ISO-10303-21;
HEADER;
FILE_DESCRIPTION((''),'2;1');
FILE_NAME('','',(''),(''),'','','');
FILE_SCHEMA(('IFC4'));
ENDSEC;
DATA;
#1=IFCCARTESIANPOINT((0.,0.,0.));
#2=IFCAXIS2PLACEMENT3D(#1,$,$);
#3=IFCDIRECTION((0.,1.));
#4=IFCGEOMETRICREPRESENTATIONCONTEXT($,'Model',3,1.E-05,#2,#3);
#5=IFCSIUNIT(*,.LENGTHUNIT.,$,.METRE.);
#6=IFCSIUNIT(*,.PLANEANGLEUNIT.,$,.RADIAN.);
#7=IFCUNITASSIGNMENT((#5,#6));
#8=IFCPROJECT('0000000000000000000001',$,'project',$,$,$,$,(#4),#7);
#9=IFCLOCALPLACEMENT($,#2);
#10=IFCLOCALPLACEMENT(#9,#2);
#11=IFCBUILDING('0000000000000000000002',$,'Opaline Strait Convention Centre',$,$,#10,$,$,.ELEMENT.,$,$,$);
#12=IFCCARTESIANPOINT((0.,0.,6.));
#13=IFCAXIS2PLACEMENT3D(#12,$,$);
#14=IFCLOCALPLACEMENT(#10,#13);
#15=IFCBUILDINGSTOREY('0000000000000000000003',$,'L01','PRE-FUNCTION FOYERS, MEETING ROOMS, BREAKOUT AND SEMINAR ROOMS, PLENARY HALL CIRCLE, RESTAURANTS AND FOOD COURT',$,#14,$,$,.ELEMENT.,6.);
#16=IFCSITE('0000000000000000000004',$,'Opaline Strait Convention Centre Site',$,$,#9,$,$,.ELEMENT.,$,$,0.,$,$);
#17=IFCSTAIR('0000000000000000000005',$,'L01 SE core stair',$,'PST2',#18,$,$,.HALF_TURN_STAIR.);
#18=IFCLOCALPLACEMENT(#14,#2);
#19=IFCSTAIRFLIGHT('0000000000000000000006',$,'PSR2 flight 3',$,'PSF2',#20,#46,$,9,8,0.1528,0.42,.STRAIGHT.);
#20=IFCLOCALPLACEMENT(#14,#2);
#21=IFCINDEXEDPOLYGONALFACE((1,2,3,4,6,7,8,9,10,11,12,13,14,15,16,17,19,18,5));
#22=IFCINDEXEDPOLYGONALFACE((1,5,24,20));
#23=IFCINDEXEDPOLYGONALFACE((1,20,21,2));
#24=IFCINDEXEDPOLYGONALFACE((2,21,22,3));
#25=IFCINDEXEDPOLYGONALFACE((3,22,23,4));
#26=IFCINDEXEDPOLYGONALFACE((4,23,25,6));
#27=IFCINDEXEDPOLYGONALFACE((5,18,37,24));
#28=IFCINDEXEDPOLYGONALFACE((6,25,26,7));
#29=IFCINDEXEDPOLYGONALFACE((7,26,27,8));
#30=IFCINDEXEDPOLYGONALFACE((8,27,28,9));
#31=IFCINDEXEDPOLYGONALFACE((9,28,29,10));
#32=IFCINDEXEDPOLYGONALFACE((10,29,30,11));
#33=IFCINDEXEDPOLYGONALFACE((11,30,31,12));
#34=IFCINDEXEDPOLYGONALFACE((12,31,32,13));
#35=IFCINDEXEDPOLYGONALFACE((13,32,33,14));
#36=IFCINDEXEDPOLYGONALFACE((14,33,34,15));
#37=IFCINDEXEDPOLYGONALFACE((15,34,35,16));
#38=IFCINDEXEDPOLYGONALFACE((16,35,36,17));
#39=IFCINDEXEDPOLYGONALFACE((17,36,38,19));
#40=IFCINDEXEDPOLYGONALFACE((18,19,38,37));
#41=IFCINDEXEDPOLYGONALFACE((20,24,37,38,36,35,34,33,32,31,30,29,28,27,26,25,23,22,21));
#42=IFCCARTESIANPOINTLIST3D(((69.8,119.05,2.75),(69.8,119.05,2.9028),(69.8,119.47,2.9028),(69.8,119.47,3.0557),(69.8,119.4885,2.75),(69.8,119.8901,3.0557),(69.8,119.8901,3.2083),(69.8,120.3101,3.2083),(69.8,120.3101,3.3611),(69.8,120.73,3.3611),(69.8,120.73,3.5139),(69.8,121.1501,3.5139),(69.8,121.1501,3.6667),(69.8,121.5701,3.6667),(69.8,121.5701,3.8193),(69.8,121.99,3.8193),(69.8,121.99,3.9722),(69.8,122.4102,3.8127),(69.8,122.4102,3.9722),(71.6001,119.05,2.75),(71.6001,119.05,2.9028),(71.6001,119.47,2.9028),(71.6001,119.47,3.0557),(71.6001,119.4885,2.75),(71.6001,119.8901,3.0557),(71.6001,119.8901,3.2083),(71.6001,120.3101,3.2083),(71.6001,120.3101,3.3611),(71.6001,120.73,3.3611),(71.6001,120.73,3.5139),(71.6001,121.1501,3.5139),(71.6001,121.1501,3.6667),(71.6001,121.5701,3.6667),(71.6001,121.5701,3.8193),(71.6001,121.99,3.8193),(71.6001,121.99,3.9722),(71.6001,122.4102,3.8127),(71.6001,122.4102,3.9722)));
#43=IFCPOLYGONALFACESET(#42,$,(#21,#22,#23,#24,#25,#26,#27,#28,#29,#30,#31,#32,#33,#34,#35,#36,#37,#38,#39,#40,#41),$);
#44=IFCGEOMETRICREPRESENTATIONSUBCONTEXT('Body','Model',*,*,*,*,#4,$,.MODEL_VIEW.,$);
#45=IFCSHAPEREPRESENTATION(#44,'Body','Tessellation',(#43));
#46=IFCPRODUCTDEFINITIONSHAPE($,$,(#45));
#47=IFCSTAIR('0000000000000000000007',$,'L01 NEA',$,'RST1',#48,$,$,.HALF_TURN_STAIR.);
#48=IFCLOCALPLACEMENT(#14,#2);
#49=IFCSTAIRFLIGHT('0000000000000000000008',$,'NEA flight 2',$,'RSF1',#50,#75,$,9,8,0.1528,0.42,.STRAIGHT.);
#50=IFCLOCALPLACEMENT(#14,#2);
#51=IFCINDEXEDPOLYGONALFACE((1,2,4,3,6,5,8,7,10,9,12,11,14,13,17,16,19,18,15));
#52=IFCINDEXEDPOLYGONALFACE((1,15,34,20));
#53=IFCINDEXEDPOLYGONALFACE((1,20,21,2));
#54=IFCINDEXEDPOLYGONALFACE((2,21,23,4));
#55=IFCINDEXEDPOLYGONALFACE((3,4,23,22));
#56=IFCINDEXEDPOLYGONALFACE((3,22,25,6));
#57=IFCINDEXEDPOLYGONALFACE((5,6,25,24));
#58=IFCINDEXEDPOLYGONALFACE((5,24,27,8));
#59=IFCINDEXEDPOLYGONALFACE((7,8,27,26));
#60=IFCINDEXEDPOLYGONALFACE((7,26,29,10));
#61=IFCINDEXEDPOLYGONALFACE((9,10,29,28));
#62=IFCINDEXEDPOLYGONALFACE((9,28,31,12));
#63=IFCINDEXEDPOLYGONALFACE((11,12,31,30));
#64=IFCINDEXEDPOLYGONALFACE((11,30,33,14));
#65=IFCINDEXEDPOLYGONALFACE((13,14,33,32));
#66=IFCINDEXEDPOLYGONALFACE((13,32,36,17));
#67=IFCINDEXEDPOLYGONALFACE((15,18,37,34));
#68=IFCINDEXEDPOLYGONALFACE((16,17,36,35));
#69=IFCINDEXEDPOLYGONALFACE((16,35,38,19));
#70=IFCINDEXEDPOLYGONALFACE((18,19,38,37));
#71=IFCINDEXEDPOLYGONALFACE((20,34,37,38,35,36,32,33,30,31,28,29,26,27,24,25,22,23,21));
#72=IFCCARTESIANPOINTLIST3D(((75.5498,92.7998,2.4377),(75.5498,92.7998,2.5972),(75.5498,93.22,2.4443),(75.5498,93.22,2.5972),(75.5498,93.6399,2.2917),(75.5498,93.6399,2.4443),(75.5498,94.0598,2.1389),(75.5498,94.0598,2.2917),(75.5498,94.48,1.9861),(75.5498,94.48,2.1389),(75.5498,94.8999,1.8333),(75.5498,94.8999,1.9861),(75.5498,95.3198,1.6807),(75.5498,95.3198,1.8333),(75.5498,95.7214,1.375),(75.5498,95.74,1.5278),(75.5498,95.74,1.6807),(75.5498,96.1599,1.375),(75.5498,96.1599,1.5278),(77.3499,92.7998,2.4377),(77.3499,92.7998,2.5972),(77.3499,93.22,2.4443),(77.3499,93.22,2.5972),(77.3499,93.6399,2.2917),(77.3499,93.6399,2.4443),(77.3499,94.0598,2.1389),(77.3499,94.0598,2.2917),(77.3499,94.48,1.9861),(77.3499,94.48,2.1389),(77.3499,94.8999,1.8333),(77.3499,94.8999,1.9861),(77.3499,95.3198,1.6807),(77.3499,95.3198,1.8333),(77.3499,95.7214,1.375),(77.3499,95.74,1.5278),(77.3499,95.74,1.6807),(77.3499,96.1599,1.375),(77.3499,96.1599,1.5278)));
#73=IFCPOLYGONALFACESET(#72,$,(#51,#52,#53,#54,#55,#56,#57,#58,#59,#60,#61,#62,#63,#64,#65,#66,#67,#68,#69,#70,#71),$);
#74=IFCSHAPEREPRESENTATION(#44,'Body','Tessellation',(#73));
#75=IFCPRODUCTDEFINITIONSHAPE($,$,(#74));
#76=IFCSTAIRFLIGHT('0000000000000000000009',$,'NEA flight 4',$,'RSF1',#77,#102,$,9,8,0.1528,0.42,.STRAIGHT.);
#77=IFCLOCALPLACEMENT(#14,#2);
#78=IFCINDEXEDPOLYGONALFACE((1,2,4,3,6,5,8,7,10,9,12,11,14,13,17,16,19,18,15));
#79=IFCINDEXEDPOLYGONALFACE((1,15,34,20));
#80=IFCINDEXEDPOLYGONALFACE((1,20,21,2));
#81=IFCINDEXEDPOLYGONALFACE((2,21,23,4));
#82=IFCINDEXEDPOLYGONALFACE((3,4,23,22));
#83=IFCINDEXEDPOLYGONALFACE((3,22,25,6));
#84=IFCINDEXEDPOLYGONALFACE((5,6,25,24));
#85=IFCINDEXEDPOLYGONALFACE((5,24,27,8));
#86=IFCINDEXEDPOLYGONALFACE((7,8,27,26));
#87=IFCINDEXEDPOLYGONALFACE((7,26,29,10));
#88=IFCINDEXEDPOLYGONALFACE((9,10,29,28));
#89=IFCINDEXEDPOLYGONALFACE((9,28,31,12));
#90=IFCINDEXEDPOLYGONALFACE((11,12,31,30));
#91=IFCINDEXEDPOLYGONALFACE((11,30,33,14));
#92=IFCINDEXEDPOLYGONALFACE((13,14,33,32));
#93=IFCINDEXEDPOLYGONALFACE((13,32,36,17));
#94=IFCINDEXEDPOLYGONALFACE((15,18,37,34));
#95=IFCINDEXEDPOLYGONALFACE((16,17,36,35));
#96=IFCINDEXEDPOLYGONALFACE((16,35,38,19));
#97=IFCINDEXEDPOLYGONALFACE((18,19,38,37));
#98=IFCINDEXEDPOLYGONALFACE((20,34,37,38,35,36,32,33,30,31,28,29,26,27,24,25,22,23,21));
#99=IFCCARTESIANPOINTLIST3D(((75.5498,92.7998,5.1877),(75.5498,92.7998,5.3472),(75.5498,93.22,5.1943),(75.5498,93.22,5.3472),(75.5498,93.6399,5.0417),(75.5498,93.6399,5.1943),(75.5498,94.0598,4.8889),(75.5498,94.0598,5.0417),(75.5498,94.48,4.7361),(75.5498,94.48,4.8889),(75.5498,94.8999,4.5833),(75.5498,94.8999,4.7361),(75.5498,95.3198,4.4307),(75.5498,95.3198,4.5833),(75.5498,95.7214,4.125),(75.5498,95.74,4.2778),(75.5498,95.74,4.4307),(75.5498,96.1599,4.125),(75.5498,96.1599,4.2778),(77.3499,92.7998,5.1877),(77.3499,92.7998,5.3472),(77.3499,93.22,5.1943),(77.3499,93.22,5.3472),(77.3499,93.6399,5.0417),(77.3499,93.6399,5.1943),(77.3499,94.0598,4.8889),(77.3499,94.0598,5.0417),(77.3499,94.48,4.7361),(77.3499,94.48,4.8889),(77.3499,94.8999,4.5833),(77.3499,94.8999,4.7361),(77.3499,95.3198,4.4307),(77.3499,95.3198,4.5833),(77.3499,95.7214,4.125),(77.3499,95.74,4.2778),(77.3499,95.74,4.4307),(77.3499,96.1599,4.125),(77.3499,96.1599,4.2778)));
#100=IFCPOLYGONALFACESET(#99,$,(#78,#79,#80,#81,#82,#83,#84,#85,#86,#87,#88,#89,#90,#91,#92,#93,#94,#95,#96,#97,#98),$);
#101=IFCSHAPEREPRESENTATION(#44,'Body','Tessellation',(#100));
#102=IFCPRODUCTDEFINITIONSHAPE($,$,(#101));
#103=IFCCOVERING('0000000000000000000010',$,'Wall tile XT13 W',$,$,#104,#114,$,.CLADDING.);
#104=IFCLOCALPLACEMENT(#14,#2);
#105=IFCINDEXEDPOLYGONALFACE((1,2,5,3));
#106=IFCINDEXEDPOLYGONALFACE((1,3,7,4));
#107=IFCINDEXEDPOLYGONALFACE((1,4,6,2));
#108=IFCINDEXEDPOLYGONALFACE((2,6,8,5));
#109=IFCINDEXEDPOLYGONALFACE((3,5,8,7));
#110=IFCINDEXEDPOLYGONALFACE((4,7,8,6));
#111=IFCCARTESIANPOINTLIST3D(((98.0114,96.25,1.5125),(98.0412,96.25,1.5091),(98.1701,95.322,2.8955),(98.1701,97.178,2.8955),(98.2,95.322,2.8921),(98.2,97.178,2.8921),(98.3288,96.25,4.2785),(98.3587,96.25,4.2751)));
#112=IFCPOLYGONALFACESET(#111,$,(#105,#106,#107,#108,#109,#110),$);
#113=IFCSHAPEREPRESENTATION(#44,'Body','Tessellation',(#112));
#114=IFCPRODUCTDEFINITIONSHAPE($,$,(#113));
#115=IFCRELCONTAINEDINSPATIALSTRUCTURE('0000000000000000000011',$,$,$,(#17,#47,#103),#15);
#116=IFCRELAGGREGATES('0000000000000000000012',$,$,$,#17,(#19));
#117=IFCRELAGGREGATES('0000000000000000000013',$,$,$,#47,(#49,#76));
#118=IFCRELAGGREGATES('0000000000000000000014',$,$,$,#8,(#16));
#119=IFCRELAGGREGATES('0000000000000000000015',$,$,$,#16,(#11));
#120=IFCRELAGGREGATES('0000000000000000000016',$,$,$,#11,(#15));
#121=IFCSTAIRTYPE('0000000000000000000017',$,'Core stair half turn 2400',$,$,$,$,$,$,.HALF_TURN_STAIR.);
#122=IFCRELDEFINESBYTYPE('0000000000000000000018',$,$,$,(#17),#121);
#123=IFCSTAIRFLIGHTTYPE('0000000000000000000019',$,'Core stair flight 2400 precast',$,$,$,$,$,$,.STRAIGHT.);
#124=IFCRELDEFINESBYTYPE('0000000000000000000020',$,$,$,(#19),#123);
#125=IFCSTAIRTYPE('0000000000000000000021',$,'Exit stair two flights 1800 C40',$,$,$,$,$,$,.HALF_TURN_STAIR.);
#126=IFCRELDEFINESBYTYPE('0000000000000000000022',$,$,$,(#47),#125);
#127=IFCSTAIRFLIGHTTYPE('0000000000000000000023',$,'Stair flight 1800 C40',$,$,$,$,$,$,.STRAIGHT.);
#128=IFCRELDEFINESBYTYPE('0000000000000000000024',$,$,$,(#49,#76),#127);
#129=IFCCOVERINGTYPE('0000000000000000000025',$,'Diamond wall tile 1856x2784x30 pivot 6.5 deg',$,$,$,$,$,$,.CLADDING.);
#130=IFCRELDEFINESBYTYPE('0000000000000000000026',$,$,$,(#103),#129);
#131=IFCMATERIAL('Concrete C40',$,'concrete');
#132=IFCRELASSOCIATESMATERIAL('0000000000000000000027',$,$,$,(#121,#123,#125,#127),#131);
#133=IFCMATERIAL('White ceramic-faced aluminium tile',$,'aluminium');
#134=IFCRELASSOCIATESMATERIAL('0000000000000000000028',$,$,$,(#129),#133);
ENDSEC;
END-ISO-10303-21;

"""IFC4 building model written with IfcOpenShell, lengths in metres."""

from ifc_helpers import new_model, si_unit, direction, frame, origin, place, context, subcontext, project, spatial, polyline, outline, extrude, material, material_profile, profile_set, type_object, element, aggregate, save


model = new_model("IFC4")

# Units and contexts
model_context = context("Model", 3, precision=1e-05, world=origin(), true_north=direction((0.0, 1.0)))
body_context = subcontext(model_context, "Body", "Model", "MODEL_VIEW")
ifc_project = project(units=[si_unit("LENGTHUNIT", "METRE"), si_unit("PLANEANGLEUNIT", "RADIAN")], contexts=[model_context])

# Site, building, storey
site_placement = place(None, origin())
site = spatial("IfcSite", under=ifc_project, at=site_placement, Name="Opaline Strait Convention Centre Site", CompositionType="ELEMENT", RefElevation=0.0)
building_placement = place(site_placement, origin())
building = spatial("IfcBuilding", under=site, at=building_placement, Name="Opaline Strait Convention Centre", CompositionType="ELEMENT")
storey_placement = place(building_placement, frame((0.0, 0.0, 6.0)))
storey = spatial("IfcBuildingStorey", under=building, at=storey_placement, Name="L01", Description="PRE-FUNCTION FOYERS, MEETING ROOMS, BREAKOUT AND SEMINAR ROOMS, PLENARY HALL CIRCLE, RESTAURANTS AND FOOD COURT", CompositionType="ELEMENT", Elevation=6.0)

# Shared definitions
ifc_material_1 = material(Name="Concrete C40", Category="concrete")

# Stairs, stair flights
stair_type_1 = type_object("IfcStairType", Name="Core stair half turn 2400", PredefinedType="HALF_TURN_STAIR", material=ifc_material_1)
stair_1_placement = place(storey_placement, origin())
stair_1 = element("IfcStair", 1, at=stair_1_placement, inside=storey, type_object=stair_type_1, Name="L01 SE core stair", ObjectType="PST2", PredefinedType="HALF_TURN_STAIR")
stair_flight_type_1 = type_object("IfcStairFlightType", Name="Core stair flight 2400 precast", PredefinedType="STRAIGHT", material=ifc_material_1)
stair_flight_1_placement = place(storey_placement, frame((70.7, 119.05, 2.75), z_axis=(0.0, 0.0, 1.0), x_axis=(0.0, 1.0, 0.0)))
stair_flight_1 = element("IfcStairFlight", 2, at=stair_flight_1_placement, type_object=stair_flight_type_1, Name="PSR2 flight 3", ObjectType="PSF2", NumberOfRisers=9, NumberOfTreads=8, PredefinedType="STRAIGHT", RiserHeight=0.1528, TreadLength=0.42, context=body_context, shape_type="SweptSolid", body=[
    extrude(outline(polyline([(0.0, 0.0), (0.0, 0.1528), (0.4199, 0.1528), (0.4199, 0.3057), (0.8401, 0.3057), (0.8401, 0.4583), (1.26, 0.4583), (1.26, 0.6111), (1.6799, 0.6111), (1.6799, 0.7639), (2.1001, 0.7639), (2.1001, 0.9167), (2.52, 0.9167), (2.52, 1.0693), (2.9399, 1.0693), (2.9399, 1.2222), (3.3601, 1.2222), (3.3601, 1.375), (3.3601, 1.0627), (0.4385, 0.0), (0.0, 0.0)])), frame((0.0, 0.8999, 0.0), z_axis=(0.0, -1.0, 0.0), x_axis=(1.0, 0.0, 0.0)), (0.0, 0.0, 1.0), 1.8),
])
aggregate(stair_1, [stair_flight_1])
stair_type_2 = type_object("IfcStairType", Name="Exit stair two flights 1800 C40", PredefinedType="HALF_TURN_STAIR", material=ifc_material_1)
stair_2_placement = place(storey_placement, origin())
stair_2 = element("IfcStair", 3, at=stair_2_placement, inside=storey, type_object=stair_type_2, Name="L01 NEA", ObjectType="RST1", PredefinedType="HALF_TURN_STAIR")
stair_flight_type_2 = type_object("IfcStairFlightType", Name="Stair flight 1800 C40", PredefinedType="STRAIGHT", material=ifc_material_1)
stair_flight_2_placement = place(storey_placement, frame((76.45, 96.1599, 1.375), z_axis=(0.0, 0.0, 1.0), x_axis=(0.0, -1.0, 0.0)))
stair_flight_2 = element("IfcStairFlight", 4, at=stair_flight_2_placement, type_object=stair_flight_type_2, Name="NEA flight 2", ObjectType="RSF1", NumberOfRisers=9, NumberOfTreads=8, PredefinedType="STRAIGHT", RiserHeight=0.1528, TreadLength=0.42, context=body_context, shape_type="SweptSolid", body=[
    extrude(outline(polyline([(0.0, 0.0), (0.0, 0.1528), (0.4199, 0.1528), (0.4199, 0.3057), (0.8401, 0.3057), (0.8401, 0.4583), (1.26, 0.4583), (1.26, 0.6111), (1.6799, 0.6111), (1.6799, 0.7639), (2.1001, 0.7639), (2.1001, 0.9167), (2.52, 0.9167), (2.52, 1.0693), (2.9399, 1.0693), (2.9399, 1.2222), (3.3601, 1.2222), (3.3601, 1.375), (3.3601, 1.0627), (0.4385, 0.0), (0.0, 0.0)])), frame((0.0, 0.8999, 0.0), z_axis=(0.0, -1.0, 0.0), x_axis=(1.0, 0.0, 0.0)), (0.0, 0.0, 1.0), 1.8),
])
stair_flight_3_placement = place(storey_placement, frame((76.45, 96.1599, 4.125), z_axis=(0.0, 0.0, 1.0), x_axis=(0.0, -1.0, 0.0)))
stair_flight_3 = element("IfcStairFlight", 5, at=stair_flight_3_placement, type_object=stair_flight_type_2, Name="NEA flight 4", ObjectType="RSF1", NumberOfRisers=9, NumberOfTreads=8, PredefinedType="STRAIGHT", RiserHeight=0.1528, TreadLength=0.42, context=body_context, shape_type="SweptSolid", body=[
    extrude(outline(polyline([(0.0, 0.0), (0.0, 0.1528), (0.4199, 0.1528), (0.4199, 0.3057), (0.8401, 0.3057), (0.8401, 0.4583), (1.26, 0.4583), (1.26, 0.6111), (1.6799, 0.6111), (1.6799, 0.7639), (2.1001, 0.7639), (2.1001, 0.9167), (2.52, 0.9167), (2.52, 1.0693), (2.9399, 1.0693), (2.9399, 1.2222), (3.3601, 1.2222), (3.3601, 1.375), (3.3601, 1.0627), (0.4385, 0.0), (0.0, 0.0)])), frame((0.0, 0.8999, 0.0), z_axis=(0.0, -1.0, 0.0), x_axis=(1.0, 0.0, 0.0)), (0.0, 0.0, 1.0), 1.8),
])
aggregate(stair_2, [stair_flight_2, stair_flight_3])

# Covering
ifc_material_2 = material(Name="White ceramic-faced aluminium tile", Category="aluminium")
ifc_material_profile_1 = material_profile(ifc_material_2, outline(polyline([(0.928, 0.0), (0.0, 1.3921), (-0.928, 0.0), (0.0, -1.3921), (0.928, 0.0)])), Name="Diamond tile 1856x2784")
ifc_profile_set_1 = profile_set([ifc_material_profile_1], Name="White ceramic-faced aluminium tile")
covering_type = type_object("IfcCoveringType", Name="Diamond wall tile 1856x2784x30 pivot 6.5 deg", PredefinedType="CLADDING", material=ifc_profile_set_1)
covering_placement = place(storey_placement, frame((98.2, 96.25, 2.8921), z_axis=(-0.99348, 0.0, 0.114006), x_axis=(0.0, -1.0, 0.0)))
element("IfcCovering", 6, at=covering_placement, inside=storey, type_object=covering_type, Name="Wall tile XT13 W", PredefinedType="CLADDING", context=body_context, shape_type="SweptSolid", body=[
    extrude(outline(polyline([(0.928, 0.0), (0.0, 1.3921), (-0.928, 0.0), (0.0, -1.3921), (0.928, 0.0)])), origin(), (0.0, 0.0, 1.0), 0.03),
])

save(model, "model.ifc")
